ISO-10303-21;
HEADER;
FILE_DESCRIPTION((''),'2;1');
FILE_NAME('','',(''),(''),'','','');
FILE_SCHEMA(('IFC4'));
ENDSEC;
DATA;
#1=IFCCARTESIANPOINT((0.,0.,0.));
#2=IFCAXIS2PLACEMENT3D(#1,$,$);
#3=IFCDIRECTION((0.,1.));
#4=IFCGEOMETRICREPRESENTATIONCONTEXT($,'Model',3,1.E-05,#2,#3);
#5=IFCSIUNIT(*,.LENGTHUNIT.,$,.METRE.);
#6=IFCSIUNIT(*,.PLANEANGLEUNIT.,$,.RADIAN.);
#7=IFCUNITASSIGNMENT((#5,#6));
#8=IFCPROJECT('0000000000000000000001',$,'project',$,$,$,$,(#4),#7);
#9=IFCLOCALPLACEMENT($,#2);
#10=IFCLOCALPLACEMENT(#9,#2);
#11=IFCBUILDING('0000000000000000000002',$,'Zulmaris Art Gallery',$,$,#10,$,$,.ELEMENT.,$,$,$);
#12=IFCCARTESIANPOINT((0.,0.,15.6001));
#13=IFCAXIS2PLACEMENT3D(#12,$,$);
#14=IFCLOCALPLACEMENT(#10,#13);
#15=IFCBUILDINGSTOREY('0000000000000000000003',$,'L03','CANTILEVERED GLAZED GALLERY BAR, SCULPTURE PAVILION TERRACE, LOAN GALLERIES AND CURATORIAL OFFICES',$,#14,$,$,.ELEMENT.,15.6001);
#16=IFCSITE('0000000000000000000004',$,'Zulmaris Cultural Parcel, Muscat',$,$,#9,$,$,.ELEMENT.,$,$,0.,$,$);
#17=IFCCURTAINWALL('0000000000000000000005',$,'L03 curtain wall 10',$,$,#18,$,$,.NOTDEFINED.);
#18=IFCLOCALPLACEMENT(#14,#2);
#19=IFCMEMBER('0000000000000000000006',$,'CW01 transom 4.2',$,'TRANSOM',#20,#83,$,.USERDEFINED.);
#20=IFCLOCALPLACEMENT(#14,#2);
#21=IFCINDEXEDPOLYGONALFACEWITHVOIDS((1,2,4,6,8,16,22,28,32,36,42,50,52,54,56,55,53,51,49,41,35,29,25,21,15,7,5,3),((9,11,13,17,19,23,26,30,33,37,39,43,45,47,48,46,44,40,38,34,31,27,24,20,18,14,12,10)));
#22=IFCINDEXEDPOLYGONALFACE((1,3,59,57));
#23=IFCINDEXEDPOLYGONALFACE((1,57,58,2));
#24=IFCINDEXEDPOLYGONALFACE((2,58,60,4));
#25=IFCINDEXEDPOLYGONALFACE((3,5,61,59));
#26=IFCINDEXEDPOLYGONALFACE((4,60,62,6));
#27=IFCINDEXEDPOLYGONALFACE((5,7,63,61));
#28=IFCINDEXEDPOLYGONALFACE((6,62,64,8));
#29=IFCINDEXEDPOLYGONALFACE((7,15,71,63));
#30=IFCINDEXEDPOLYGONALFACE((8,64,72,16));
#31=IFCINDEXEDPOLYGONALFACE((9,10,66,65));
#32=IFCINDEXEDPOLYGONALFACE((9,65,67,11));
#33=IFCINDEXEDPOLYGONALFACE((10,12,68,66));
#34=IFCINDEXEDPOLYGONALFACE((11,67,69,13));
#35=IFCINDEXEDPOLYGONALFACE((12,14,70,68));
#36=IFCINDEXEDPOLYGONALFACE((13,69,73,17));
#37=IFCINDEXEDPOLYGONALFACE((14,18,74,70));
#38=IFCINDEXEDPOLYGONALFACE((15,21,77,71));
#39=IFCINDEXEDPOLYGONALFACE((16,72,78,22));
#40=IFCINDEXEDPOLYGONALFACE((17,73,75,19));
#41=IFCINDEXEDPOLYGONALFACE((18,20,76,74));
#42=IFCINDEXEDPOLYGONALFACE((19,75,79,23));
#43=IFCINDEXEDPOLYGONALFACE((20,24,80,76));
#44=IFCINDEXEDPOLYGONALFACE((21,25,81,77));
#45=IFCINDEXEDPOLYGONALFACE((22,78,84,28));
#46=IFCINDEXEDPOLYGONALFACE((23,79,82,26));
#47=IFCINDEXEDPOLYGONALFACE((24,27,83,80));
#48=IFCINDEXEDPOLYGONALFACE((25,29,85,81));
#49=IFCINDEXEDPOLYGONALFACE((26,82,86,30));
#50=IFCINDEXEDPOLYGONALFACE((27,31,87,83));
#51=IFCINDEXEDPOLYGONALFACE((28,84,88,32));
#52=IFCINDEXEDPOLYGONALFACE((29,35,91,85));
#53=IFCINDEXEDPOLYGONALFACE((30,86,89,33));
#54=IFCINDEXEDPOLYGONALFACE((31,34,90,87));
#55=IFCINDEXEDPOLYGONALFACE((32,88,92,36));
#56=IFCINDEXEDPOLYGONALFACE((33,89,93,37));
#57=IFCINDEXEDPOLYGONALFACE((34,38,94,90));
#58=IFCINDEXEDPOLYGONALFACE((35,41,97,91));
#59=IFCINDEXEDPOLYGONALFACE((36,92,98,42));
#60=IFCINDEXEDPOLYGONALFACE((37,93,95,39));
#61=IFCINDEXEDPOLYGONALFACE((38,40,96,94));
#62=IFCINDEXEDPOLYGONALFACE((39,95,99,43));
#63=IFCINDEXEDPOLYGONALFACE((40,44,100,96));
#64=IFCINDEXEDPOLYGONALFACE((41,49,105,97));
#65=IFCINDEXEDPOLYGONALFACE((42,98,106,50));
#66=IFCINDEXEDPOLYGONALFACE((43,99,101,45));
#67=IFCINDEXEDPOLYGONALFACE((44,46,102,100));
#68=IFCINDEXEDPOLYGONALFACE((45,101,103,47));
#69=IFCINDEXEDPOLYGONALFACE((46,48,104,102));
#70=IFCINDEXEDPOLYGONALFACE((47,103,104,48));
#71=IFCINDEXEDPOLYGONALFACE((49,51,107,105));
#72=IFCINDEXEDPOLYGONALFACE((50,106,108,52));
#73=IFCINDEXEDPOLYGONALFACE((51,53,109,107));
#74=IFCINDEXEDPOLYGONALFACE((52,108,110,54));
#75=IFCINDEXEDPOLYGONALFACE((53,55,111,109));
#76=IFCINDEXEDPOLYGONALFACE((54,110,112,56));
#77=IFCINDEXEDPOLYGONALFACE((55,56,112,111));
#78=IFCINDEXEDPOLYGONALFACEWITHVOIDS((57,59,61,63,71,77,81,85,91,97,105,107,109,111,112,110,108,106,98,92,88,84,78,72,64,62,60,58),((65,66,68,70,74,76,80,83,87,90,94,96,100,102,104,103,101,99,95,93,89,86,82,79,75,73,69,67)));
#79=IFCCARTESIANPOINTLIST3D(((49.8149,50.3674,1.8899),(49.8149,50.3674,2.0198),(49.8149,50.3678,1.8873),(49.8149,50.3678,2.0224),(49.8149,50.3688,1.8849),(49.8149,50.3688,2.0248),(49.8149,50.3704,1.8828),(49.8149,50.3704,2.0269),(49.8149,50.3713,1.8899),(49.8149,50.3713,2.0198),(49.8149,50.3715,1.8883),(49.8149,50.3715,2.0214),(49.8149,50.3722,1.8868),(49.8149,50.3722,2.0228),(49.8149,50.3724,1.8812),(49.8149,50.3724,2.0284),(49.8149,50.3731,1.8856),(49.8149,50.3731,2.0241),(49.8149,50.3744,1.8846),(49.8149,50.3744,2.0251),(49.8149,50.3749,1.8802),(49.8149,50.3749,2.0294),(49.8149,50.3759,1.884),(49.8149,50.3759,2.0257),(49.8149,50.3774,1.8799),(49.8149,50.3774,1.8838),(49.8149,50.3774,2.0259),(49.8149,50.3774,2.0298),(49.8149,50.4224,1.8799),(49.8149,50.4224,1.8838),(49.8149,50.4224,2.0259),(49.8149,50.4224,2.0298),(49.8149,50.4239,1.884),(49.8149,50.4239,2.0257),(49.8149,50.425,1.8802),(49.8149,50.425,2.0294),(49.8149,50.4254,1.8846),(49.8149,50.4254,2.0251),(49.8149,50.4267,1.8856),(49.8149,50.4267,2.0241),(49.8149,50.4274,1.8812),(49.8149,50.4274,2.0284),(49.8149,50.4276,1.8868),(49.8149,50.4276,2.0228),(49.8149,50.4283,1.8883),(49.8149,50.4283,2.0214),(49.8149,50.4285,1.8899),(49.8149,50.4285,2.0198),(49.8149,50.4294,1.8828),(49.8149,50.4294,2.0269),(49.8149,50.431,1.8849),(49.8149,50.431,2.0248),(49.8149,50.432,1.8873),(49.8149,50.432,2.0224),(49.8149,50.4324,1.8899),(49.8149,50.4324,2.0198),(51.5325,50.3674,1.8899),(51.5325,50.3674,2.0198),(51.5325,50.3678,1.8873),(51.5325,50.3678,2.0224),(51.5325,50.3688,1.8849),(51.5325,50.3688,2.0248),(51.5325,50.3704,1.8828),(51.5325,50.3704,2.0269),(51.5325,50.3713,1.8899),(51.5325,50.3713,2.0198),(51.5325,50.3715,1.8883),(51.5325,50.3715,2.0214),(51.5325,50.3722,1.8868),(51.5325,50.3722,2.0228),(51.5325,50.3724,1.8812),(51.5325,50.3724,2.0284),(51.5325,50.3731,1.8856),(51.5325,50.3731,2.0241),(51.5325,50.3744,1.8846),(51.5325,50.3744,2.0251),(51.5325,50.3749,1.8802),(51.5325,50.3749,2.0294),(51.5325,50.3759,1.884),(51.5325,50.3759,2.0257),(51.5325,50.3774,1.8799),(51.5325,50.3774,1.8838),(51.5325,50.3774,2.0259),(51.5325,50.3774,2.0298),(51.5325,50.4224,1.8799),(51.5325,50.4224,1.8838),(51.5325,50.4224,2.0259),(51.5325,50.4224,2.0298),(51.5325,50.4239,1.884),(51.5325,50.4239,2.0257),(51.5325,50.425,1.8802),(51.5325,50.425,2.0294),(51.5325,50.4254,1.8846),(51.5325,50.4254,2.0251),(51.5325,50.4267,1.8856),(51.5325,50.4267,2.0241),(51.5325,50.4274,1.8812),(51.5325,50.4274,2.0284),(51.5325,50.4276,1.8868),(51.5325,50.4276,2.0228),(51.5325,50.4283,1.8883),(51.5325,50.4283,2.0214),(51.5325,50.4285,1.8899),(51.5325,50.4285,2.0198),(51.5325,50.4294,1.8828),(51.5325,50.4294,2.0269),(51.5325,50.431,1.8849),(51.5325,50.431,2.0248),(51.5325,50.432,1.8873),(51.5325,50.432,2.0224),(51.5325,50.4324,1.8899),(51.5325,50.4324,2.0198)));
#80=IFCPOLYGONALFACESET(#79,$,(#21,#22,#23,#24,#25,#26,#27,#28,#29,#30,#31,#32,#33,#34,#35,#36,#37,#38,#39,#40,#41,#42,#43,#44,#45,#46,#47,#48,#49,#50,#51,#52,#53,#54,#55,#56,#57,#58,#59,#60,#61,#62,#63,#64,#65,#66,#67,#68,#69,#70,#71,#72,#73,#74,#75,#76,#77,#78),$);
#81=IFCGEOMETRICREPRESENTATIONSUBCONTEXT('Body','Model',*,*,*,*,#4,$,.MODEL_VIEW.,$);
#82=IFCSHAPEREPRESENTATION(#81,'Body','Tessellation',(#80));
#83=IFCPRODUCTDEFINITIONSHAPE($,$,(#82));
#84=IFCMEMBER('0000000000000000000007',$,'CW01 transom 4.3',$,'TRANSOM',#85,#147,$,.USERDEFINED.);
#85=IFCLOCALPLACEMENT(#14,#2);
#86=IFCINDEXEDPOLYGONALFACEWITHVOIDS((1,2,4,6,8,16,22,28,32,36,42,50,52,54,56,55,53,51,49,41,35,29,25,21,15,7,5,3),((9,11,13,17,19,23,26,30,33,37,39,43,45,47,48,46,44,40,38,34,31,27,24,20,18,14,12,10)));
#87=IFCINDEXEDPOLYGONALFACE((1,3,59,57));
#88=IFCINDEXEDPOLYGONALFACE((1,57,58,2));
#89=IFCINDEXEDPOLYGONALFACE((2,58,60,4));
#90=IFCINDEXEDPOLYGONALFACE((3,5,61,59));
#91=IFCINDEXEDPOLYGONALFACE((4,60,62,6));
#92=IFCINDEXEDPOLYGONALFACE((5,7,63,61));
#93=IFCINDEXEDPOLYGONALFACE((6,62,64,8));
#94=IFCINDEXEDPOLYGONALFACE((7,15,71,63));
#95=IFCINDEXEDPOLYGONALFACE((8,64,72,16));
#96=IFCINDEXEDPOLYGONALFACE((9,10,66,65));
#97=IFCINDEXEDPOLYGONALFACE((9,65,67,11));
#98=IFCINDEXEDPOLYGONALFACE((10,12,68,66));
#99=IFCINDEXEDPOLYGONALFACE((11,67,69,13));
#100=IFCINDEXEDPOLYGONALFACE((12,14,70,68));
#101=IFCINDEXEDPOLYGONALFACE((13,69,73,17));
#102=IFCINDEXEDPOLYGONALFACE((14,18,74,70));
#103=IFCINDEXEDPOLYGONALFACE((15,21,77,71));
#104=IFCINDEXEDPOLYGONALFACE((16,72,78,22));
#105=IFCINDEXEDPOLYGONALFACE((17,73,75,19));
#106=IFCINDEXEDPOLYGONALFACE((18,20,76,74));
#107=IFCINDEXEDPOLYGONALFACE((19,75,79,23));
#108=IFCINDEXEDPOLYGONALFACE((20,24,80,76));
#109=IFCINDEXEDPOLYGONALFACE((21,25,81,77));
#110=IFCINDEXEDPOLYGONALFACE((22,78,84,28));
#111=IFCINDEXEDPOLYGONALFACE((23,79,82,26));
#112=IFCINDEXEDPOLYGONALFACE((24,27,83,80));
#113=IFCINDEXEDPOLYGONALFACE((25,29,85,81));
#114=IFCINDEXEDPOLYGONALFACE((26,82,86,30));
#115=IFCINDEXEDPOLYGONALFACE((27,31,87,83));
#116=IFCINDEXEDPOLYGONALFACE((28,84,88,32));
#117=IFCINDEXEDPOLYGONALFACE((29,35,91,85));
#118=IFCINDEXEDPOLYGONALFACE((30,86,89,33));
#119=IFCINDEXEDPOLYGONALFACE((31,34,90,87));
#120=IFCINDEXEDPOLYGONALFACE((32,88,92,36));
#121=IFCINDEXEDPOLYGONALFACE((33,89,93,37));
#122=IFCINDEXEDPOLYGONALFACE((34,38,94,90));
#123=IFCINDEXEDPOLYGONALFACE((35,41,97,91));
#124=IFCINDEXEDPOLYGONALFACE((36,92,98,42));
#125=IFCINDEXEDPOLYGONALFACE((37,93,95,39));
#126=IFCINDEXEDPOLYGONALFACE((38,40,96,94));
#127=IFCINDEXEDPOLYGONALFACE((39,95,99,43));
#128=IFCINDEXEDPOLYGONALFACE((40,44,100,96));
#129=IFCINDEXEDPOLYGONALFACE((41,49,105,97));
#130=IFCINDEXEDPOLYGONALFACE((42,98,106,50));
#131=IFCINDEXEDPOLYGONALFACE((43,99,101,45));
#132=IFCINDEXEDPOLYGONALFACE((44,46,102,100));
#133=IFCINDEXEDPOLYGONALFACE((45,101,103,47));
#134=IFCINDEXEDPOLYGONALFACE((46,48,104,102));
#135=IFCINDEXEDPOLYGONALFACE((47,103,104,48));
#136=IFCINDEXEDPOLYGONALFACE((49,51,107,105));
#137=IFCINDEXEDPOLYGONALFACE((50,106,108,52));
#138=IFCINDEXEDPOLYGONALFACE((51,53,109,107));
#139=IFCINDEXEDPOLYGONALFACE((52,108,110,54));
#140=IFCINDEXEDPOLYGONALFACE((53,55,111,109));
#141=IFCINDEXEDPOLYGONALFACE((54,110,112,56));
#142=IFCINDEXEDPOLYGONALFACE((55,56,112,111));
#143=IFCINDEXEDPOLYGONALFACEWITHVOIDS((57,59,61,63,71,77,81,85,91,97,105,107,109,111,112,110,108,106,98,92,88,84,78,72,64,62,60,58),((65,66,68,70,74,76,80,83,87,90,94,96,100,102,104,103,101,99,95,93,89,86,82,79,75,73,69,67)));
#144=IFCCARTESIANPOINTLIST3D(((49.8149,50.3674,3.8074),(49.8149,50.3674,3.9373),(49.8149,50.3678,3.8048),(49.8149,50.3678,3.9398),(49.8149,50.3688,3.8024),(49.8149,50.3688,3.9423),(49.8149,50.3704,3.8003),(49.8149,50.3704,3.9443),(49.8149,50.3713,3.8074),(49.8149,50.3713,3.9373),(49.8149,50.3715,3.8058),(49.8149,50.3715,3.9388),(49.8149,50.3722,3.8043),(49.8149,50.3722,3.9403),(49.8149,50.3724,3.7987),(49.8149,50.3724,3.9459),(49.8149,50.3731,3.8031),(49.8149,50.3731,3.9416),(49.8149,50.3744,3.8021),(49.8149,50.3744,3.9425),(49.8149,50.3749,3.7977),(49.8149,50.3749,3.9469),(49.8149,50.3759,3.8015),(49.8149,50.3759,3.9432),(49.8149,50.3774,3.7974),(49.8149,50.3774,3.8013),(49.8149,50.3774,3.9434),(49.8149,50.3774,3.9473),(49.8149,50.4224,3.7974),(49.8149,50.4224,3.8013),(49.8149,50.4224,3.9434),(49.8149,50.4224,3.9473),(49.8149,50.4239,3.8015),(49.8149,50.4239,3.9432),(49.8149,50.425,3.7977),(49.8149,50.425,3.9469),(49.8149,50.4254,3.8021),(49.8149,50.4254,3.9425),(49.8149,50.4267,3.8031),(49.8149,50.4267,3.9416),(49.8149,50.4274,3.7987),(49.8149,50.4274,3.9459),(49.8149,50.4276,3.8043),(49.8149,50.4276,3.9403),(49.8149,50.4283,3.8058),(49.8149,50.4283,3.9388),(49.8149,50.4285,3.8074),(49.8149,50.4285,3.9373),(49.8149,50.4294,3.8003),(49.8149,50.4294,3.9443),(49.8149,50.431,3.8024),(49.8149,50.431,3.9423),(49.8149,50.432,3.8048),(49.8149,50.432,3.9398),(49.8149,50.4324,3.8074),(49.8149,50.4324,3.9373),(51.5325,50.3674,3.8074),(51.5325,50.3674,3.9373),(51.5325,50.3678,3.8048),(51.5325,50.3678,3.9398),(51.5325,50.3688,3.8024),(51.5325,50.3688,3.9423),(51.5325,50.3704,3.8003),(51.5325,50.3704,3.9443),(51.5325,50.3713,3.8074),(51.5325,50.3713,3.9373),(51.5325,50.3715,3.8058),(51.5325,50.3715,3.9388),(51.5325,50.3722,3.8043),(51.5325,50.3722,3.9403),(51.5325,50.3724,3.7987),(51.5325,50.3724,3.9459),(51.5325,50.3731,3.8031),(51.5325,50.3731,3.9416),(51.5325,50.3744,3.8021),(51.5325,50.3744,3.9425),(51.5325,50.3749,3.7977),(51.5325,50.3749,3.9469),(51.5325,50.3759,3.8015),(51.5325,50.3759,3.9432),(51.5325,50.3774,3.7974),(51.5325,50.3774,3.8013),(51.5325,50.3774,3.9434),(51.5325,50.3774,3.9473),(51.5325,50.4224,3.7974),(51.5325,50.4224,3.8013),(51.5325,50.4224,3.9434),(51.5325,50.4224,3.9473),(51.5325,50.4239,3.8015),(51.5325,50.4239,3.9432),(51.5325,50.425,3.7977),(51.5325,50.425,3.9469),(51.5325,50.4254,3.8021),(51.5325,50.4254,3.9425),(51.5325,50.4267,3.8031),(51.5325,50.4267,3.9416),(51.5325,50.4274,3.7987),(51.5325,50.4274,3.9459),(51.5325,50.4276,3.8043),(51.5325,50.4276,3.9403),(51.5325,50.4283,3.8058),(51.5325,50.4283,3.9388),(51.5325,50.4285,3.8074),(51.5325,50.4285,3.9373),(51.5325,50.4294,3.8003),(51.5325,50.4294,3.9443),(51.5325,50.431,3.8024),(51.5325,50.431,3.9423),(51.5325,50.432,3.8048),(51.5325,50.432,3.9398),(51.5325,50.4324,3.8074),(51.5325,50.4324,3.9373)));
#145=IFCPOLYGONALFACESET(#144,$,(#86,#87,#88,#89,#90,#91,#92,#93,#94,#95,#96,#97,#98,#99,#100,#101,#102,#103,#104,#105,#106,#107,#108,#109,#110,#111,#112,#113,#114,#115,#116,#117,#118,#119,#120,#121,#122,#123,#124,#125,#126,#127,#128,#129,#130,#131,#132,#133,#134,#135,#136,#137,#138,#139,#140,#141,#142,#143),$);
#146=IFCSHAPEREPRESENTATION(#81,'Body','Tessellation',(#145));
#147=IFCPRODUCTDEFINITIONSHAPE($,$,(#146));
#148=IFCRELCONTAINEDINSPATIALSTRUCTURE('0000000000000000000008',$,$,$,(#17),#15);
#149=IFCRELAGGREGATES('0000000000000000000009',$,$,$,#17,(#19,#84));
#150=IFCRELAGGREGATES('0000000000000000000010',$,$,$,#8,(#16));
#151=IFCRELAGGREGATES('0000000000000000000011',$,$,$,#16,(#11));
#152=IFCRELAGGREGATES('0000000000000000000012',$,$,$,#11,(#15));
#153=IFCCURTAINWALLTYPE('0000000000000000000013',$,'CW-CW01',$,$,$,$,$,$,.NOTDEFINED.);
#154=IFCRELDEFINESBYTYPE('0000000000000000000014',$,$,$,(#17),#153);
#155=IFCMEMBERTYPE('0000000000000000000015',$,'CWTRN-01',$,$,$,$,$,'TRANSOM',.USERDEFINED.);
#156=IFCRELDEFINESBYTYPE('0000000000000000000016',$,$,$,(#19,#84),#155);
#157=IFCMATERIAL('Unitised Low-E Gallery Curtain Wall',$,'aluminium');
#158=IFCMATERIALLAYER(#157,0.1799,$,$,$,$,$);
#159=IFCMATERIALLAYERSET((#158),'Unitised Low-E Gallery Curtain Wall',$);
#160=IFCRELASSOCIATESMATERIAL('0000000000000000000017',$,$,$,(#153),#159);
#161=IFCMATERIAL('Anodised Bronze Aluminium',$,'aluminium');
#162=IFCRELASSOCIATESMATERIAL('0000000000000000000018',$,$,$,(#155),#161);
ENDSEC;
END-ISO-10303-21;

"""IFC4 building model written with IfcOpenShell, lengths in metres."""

from ifc_helpers import new_model, si_unit, direction, frame, origin, origin_2d, place, context, subcontext, project, spatial, hollow_rectangle, extrude, material, layer, layer_set, material_profile, profile_set, type_object, element, aggregate, save


model = new_model("IFC4")

# Units and contexts
model_context = context("Model", 3, precision=1e-05, world=origin(), true_north=direction((0.0, 1.0)))
body_context = subcontext(model_context, "Body", "Model", "MODEL_VIEW")
ifc_project = project(units=[si_unit("LENGTHUNIT", "METRE"), si_unit("PLANEANGLEUNIT", "RADIAN")], contexts=[model_context])

# Site, building, storey
site_placement = place(None, origin())
site = spatial("IfcSite", under=ifc_project, at=site_placement, Name="Zulmaris Cultural Parcel, Muscat", CompositionType="ELEMENT", RefElevation=0.0)
building_placement = place(site_placement, origin())
building = spatial("IfcBuilding", under=site, at=building_placement, Name="Zulmaris Art Gallery", CompositionType="ELEMENT")
storey_placement = place(building_placement, frame((0.0, 0.0, 15.6001)))
storey = spatial("IfcBuildingStorey", under=building, at=storey_placement, Name="L03", Description="CANTILEVERED GLAZED GALLERY BAR, SCULPTURE PAVILION TERRACE, LOAN GALLERIES AND CURATORIAL OFFICES", CompositionType="ELEMENT", Elevation=15.6001)

# Curtain wall
ifc_material_1 = material(Name="Unitised Low-E Gallery Curtain Wall", Category="aluminium")
ifc_layer_1 = layer(ifc_material_1, 0.1799)
ifc_layer_set_1 = layer_set([ifc_layer_1], Name="Unitised Low-E Gallery Curtain Wall")
curtain_wall_type = type_object("IfcCurtainWallType", Name="CW-CW01", PredefinedType="NOTDEFINED", material=ifc_layer_set_1)
curtain_wall_1_placement = place(storey_placement, origin())
curtain_wall_1 = element("IfcCurtainWall", 1, at=curtain_wall_1_placement, inside=storey, type_object=curtain_wall_type, Name="L03 curtain wall 10", PredefinedType="NOTDEFINED")
ifc_material_2 = material(Name="Anodised Bronze Aluminium", Category="aluminium")

# Members
ifc_material_profile_1 = material_profile(ifc_material_2, hollow_rectangle(XDim=0.0649, YDim=0.1499, WallThickness=0.0039, InnerFilletRadius=0.0061, OuterFilletRadius=0.01, at=origin_2d()), Name="ALU 65x150x4")
ifc_profile_set_1 = profile_set([ifc_material_profile_1], Name="Anodised Bronze Aluminium")
member_type_1 = type_object("IfcMemberType", Name="CWTRN-01", ElementType="TRANSOM", PredefinedType="USERDEFINED", material=ifc_profile_set_1)
member_1_placement = place(storey_placement, frame((51.5325, 50.3999, 1.9548), z_axis=(-1.0, 0.0, 0.0), x_axis=(0.0, -1.0, 0.0)))
member_1 = element("IfcMember", 2, at=member_1_placement, type_object=member_type_1, Name="CW01 transom 4.2", ObjectType="TRANSOM", PredefinedType="USERDEFINED", context=body_context, shape_type="SweptSolid", body=[
    extrude(hollow_rectangle(XDim=0.0649, YDim=0.1499, WallThickness=0.0039, InnerFilletRadius=0.0061, OuterFilletRadius=0.01, at=origin_2d()), origin(), (0.0, 0.0, 1.0), 1.7175),
])
member_2_placement = place(storey_placement, frame((51.5325, 50.3999, 3.8723), z_axis=(-1.0, 0.0, 0.0), x_axis=(0.0, -1.0, 0.0)))
member_2 = element("IfcMember", 3, at=member_2_placement, type_object=member_type_1, Name="CW01 transom 4.3", ObjectType="TRANSOM", PredefinedType="USERDEFINED", context=body_context, shape_type="SweptSolid", body=[
    extrude(hollow_rectangle(XDim=0.0649, YDim=0.1499, WallThickness=0.0039, InnerFilletRadius=0.0061, OuterFilletRadius=0.01, at=origin_2d()), origin(), (0.0, 0.0, 1.0), 1.7175),
])

aggregate(curtain_wall_1, [member_1, member_2])

save(model, "model.ifc")
